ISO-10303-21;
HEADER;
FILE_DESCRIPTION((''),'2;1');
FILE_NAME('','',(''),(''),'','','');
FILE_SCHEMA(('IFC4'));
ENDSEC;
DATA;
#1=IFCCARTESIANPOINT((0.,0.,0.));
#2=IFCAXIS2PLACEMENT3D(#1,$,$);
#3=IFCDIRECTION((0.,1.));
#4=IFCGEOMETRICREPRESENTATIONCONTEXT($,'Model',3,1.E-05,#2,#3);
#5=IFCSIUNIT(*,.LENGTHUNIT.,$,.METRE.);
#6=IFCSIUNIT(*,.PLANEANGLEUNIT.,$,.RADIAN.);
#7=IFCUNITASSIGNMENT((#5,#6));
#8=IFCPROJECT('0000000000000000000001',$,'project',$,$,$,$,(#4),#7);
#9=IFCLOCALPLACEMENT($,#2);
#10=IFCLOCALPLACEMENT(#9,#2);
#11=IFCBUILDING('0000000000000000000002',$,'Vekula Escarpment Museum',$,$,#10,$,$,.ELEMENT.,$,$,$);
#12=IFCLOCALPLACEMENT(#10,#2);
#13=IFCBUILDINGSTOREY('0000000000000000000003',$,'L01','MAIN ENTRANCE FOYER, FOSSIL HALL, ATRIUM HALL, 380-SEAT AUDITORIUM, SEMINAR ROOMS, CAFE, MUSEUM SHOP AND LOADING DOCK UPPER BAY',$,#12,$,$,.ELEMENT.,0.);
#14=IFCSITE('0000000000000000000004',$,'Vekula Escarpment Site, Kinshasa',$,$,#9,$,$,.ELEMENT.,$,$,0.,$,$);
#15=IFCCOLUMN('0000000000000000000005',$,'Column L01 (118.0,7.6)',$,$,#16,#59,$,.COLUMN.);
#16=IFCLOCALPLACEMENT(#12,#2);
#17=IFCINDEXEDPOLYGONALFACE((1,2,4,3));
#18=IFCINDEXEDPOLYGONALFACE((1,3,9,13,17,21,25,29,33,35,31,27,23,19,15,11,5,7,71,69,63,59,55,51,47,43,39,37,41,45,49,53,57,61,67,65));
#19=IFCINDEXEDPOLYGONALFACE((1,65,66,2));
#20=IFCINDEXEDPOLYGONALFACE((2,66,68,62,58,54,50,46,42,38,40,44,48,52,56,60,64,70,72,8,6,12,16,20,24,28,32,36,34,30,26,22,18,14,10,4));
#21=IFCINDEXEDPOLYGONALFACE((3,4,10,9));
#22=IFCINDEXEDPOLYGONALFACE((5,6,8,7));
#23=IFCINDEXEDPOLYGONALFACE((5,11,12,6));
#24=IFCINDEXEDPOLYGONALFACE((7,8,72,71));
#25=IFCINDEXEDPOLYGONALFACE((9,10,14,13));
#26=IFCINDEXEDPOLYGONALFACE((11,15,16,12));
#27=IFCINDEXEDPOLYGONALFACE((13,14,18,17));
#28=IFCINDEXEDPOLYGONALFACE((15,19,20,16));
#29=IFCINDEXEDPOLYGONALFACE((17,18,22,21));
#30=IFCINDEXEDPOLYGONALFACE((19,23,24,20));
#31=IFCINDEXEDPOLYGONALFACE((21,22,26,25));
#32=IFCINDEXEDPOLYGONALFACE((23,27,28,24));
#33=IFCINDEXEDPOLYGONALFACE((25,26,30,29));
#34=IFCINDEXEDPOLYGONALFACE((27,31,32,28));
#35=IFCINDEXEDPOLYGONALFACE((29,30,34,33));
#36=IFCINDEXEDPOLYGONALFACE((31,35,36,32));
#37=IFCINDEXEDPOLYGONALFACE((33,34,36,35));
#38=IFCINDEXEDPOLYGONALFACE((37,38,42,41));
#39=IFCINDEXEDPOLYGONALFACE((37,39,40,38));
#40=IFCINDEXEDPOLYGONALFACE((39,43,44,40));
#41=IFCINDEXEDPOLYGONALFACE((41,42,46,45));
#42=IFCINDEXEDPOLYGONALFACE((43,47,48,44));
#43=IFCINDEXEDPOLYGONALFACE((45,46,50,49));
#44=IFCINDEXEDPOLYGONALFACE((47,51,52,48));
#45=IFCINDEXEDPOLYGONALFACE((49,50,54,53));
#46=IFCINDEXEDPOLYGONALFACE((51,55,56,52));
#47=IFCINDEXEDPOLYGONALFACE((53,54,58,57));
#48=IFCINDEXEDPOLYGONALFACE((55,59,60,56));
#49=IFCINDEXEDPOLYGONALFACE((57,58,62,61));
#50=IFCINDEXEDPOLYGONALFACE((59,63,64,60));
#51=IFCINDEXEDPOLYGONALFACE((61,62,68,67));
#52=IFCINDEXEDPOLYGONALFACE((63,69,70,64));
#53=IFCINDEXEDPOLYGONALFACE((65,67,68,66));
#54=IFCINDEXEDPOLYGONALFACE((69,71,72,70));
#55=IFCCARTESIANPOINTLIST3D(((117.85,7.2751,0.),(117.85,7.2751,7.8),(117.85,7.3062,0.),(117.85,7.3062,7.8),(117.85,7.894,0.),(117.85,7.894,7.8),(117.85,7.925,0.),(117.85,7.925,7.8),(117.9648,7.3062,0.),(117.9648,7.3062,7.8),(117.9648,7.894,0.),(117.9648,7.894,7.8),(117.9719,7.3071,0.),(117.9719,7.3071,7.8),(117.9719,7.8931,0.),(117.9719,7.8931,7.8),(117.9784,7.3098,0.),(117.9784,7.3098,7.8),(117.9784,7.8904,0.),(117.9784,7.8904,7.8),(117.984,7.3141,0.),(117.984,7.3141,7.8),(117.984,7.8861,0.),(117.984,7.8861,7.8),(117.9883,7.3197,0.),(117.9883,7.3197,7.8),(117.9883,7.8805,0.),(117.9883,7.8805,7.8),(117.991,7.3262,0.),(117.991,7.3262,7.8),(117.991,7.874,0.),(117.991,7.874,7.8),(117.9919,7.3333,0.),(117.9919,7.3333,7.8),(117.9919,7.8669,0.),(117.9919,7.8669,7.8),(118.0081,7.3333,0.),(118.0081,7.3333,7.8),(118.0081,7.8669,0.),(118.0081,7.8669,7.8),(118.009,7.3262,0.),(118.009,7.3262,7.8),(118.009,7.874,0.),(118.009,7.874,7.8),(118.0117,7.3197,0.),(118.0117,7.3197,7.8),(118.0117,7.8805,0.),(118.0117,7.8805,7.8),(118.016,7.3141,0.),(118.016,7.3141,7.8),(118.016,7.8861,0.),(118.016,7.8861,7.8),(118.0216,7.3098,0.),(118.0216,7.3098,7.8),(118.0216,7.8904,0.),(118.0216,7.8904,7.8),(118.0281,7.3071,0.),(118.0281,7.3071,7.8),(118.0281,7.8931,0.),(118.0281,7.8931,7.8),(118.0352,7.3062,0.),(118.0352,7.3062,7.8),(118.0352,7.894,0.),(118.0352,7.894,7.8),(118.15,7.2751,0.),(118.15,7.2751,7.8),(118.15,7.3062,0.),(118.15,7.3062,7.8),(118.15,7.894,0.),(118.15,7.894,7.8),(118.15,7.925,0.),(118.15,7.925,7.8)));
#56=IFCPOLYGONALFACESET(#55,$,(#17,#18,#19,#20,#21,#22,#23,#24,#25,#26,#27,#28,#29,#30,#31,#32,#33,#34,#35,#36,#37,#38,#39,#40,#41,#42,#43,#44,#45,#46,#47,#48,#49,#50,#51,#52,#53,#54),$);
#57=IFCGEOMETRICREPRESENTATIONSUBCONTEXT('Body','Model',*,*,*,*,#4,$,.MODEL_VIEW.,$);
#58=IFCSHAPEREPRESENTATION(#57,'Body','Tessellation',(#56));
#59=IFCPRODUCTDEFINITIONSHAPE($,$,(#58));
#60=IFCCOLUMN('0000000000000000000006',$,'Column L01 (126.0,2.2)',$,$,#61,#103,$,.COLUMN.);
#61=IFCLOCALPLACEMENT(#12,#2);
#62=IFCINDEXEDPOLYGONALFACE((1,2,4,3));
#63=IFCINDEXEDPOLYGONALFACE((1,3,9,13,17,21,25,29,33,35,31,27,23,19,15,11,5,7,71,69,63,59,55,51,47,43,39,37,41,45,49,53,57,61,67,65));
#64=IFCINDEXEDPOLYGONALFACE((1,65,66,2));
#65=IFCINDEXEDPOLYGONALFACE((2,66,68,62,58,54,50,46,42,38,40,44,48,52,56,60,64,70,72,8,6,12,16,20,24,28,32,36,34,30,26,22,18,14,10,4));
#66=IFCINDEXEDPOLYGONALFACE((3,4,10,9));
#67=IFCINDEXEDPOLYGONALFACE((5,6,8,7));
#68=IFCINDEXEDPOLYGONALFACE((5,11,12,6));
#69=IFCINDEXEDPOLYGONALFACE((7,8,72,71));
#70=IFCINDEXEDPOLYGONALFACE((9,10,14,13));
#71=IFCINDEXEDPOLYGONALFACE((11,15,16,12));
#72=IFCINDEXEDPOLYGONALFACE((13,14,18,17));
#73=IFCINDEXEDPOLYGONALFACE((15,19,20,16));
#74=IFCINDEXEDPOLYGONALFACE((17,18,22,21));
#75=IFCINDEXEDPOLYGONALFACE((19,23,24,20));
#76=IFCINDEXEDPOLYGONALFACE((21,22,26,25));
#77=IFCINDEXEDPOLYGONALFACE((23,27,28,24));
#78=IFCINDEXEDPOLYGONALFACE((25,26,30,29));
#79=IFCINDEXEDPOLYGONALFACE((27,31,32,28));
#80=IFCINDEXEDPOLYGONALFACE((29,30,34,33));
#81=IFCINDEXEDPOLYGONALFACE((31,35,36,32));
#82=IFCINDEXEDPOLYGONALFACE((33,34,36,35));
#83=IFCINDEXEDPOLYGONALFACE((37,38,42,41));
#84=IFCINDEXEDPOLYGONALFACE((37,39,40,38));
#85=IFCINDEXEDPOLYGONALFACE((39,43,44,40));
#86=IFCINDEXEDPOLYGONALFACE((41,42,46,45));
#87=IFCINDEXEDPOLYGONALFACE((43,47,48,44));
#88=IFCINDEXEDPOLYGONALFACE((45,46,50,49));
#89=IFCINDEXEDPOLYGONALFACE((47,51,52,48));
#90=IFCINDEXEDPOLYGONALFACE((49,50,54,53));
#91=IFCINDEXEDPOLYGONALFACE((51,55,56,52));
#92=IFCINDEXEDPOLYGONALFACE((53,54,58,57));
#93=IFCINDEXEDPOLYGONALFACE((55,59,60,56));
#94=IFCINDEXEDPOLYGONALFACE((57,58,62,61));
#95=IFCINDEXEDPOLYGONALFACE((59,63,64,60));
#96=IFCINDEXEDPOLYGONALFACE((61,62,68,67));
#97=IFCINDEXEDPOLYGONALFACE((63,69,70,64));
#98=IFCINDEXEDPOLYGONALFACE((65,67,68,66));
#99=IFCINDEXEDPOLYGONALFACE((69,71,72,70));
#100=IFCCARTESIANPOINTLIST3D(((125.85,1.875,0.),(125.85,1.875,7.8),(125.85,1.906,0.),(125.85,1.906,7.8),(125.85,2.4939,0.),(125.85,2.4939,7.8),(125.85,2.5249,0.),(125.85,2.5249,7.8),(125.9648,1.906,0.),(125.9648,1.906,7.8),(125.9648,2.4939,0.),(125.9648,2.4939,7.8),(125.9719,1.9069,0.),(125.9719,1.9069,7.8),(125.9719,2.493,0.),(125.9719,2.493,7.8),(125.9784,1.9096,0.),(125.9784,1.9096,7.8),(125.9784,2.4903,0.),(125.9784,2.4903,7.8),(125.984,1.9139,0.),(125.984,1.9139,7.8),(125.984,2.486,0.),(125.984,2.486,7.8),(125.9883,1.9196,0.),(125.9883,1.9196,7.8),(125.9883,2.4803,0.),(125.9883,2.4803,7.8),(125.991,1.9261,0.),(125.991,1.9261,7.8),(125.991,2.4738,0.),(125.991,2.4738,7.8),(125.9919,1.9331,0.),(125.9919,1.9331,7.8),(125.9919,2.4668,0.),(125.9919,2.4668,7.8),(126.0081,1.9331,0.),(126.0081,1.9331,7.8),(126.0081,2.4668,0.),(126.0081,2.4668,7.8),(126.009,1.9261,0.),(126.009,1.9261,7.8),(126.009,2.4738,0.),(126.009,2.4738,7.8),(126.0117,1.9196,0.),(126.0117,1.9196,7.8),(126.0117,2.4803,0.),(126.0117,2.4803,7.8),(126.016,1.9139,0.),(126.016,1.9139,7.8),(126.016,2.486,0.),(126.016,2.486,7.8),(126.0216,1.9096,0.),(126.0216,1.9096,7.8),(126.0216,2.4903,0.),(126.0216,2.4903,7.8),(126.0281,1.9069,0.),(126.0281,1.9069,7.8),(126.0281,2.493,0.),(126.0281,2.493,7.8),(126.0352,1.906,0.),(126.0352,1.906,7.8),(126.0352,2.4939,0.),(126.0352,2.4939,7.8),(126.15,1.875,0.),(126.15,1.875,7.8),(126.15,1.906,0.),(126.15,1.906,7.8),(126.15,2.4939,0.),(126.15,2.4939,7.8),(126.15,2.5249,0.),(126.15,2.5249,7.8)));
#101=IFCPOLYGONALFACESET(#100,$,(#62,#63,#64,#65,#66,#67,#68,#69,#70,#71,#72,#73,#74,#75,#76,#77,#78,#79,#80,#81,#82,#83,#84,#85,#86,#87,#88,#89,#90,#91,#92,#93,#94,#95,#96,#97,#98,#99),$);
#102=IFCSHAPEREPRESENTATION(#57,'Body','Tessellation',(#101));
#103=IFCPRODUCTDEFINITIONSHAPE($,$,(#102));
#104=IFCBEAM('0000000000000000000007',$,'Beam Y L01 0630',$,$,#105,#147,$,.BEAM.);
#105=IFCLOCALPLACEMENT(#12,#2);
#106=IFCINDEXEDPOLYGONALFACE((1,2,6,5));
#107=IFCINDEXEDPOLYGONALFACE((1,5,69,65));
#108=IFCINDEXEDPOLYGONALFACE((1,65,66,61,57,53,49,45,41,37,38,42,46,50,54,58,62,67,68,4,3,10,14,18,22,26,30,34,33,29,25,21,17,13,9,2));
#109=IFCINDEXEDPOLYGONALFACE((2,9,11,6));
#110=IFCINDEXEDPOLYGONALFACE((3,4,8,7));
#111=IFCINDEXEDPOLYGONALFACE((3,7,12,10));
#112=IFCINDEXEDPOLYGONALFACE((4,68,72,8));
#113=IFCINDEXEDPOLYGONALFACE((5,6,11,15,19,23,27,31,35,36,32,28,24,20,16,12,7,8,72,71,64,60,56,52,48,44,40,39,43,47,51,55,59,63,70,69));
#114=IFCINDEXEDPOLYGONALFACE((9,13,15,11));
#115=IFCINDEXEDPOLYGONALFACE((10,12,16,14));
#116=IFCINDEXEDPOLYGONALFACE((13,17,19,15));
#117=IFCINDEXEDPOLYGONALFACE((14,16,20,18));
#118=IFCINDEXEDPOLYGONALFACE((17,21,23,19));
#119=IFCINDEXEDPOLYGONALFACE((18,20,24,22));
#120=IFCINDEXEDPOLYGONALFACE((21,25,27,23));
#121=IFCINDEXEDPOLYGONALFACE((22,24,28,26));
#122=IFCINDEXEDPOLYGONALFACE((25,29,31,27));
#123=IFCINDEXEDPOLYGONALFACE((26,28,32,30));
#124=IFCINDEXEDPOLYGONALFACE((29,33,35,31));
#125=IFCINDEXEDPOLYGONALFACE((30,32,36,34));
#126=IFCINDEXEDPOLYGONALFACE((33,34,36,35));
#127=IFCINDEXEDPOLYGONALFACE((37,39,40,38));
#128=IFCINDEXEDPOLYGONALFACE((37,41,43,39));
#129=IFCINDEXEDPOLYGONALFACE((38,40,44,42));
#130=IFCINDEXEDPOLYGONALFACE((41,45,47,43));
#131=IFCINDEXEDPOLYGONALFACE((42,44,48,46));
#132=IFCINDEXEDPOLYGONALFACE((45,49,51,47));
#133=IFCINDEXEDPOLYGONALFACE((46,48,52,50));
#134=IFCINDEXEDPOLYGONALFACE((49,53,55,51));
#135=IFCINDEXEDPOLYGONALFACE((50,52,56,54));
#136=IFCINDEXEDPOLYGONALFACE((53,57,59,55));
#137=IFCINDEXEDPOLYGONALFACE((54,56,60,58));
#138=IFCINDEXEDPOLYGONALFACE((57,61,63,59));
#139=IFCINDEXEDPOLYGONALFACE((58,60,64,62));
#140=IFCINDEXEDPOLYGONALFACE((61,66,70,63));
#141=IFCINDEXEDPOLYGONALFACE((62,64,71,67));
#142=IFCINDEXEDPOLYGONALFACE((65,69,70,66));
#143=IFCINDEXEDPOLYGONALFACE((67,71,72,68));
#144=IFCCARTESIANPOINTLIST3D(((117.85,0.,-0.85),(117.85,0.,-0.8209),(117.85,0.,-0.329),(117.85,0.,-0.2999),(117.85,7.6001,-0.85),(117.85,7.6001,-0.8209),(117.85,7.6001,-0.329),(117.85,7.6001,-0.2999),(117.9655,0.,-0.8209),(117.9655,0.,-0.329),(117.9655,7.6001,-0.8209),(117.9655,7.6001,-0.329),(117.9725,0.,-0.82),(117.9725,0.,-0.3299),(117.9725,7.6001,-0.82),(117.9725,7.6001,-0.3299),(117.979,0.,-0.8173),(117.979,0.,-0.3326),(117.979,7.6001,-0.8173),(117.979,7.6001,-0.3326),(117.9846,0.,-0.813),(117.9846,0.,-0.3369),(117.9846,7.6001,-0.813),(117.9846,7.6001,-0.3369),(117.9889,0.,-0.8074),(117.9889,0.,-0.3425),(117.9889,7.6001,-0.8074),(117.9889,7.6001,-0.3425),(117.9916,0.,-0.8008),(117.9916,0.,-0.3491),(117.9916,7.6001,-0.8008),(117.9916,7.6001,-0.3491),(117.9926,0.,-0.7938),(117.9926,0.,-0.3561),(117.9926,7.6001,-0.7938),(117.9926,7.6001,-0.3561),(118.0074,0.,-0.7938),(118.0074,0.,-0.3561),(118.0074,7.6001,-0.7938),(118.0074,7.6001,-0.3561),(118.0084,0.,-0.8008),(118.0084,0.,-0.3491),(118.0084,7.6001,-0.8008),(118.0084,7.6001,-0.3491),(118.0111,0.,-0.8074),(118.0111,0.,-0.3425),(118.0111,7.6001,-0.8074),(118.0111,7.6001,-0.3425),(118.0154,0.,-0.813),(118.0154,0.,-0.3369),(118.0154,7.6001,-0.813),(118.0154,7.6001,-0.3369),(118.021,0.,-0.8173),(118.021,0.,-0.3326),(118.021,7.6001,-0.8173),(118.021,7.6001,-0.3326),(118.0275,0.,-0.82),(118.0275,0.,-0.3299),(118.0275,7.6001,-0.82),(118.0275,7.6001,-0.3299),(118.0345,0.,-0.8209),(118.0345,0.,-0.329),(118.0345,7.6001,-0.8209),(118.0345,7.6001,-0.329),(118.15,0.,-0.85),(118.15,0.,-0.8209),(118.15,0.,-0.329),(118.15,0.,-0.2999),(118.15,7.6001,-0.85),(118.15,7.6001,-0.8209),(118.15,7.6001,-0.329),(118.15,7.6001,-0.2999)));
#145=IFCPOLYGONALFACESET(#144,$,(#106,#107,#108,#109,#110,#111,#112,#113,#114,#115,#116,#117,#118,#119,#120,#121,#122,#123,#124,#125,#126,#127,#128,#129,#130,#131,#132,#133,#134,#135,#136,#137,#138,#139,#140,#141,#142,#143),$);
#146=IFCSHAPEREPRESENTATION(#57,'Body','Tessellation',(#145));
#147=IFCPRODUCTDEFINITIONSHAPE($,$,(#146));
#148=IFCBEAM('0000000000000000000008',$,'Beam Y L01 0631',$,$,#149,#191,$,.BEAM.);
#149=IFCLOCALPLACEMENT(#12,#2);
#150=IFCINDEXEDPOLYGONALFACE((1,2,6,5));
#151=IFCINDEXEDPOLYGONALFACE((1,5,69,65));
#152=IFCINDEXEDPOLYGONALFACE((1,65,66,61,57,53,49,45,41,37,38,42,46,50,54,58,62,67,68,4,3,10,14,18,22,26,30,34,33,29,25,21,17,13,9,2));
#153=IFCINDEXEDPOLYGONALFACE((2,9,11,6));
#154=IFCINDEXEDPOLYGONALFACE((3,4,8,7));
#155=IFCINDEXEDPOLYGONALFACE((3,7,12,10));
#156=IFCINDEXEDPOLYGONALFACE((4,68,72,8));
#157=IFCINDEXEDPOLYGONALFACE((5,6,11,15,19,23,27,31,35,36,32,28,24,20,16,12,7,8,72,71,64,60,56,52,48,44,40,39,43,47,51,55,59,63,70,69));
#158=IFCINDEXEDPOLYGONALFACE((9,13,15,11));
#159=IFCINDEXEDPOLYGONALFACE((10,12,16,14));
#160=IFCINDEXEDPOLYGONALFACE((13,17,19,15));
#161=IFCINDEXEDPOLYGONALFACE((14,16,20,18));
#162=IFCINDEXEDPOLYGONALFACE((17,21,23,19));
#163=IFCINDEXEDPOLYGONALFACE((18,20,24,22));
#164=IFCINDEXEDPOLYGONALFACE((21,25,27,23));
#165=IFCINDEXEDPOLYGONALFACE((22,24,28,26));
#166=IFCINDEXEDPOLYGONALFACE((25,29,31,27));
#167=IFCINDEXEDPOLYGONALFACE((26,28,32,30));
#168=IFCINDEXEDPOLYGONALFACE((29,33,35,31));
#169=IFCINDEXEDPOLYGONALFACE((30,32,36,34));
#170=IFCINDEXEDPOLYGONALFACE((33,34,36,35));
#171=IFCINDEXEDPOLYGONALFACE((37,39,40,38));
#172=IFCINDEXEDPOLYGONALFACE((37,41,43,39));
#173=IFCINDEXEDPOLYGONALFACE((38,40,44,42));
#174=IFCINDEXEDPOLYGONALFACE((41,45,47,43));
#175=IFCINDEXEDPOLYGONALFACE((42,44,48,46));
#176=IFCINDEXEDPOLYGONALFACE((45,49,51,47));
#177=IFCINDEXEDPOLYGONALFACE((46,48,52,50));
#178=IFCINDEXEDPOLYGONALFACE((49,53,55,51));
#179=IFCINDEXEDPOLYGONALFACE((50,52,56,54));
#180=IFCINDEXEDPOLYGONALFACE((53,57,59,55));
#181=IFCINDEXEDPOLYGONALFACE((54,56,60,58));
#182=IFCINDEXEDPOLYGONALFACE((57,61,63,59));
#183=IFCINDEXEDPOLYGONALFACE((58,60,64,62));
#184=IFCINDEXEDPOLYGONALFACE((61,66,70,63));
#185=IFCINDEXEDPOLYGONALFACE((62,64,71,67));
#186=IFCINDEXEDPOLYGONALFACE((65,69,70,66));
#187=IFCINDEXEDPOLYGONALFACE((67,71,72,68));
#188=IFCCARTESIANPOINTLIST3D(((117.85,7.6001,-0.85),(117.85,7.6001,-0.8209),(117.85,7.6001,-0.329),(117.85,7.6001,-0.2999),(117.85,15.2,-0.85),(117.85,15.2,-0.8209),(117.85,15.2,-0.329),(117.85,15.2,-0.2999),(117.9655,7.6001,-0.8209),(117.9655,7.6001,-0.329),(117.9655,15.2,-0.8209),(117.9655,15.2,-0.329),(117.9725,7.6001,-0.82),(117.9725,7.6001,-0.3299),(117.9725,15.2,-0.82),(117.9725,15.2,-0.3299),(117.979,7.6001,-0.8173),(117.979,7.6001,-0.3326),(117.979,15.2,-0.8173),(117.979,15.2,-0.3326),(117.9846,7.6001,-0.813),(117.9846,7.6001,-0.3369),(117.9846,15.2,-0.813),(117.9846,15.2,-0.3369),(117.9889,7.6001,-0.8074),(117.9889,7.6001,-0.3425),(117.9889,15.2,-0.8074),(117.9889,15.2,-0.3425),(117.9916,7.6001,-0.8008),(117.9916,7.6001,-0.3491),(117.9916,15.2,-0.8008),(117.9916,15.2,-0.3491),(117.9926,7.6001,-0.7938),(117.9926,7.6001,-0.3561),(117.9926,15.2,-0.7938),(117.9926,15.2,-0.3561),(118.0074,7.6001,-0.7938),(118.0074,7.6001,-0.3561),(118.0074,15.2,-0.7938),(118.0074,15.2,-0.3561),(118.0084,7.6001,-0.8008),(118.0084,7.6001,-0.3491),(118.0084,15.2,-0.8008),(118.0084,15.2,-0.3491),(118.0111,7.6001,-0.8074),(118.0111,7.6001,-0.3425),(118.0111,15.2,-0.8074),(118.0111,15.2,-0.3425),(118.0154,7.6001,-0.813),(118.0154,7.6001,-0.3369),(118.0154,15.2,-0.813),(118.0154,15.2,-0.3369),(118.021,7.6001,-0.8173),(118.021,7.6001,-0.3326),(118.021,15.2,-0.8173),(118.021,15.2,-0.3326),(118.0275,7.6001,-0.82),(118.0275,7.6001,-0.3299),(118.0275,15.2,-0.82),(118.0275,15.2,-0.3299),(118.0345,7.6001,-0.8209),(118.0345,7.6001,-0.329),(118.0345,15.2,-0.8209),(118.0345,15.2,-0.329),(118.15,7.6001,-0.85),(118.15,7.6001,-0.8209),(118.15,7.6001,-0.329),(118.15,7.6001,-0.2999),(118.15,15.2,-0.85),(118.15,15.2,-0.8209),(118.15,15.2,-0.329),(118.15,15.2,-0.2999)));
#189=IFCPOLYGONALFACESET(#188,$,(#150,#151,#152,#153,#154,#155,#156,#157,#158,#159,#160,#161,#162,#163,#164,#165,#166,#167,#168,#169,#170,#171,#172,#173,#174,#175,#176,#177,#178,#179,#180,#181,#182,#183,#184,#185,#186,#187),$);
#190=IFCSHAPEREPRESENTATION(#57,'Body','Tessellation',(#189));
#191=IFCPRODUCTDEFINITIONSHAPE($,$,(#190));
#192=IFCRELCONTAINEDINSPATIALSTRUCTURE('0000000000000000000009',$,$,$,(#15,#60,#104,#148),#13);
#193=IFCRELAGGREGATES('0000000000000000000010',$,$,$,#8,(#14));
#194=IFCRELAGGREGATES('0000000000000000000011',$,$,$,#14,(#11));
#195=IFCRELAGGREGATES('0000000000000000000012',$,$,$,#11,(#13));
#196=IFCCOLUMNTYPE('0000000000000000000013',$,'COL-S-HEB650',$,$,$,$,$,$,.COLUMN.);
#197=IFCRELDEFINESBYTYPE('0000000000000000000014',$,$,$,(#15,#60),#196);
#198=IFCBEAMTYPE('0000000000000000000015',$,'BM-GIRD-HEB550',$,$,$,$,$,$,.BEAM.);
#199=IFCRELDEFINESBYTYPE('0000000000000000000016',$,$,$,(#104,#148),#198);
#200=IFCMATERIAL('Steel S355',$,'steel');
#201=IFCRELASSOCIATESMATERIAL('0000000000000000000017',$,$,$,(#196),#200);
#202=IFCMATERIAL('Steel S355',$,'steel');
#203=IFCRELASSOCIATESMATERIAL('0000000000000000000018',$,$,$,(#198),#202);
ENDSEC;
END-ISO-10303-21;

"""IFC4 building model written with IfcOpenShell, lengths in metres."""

from ifc_helpers import new_model, si_unit, direction, frame, origin, origin_2d, place, context, subcontext, project, spatial, i_section, extrude, material, material_profile, profile_set, type_object, element, save


model = new_model("IFC4")

# Units and contexts
model_context = context("Model", 3, precision=1e-05, world=origin(), true_north=direction((0.0, 1.0)))
body_context = subcontext(model_context, "Body", "Model", "MODEL_VIEW")
ifc_project = project(units=[si_unit("LENGTHUNIT", "METRE"), si_unit("PLANEANGLEUNIT", "RADIAN")], contexts=[model_context])

# Site, building, storey
site_placement = place(None, origin())
site = spatial("IfcSite", under=ifc_project, at=site_placement, Name="Vekula Escarpment Site, Kinshasa", CompositionType="ELEMENT", RefElevation=0.0)
building_placement = place(site_placement, origin())
building = spatial("IfcBuilding", under=site, at=building_placement, Name="Vekula Escarpment Museum", CompositionType="ELEMENT")
storey_placement = place(building_placement, origin())
storey = spatial("IfcBuildingStorey", under=building, at=storey_placement, Name="L01", Description="MAIN ENTRANCE FOYER, FOSSIL HALL, ATRIUM HALL, 380-SEAT AUDITORIUM, SEMINAR ROOMS, CAFE, MUSEUM SHOP AND LOADING DOCK UPPER BAY", CompositionType="ELEMENT", Elevation=0.0)

# Columns
ifc_material_1 = material(Name="Steel S355", Category="steel")
ifc_material_profile_1 = material_profile(ifc_material_1, i_section(OverallWidth=0.3, OverallDepth=0.6499, WebThickness=0.0161, FlangeThickness=0.031, FilletRadius=0.0271, at=origin_2d()), Name="HEB 650")
ifc_profile_set_1 = profile_set([ifc_material_profile_1], Name="Steel S355")
column_type = type_object("IfcColumnType", Name="COL-S-HEB650", PredefinedType="COLUMN", material=ifc_profile_set_1)
for number, where, z_axis, x_axis, name in (
    (1, (118.0, 7.6001, 0.0), (0.0, 0.0, 1.0), (1.0, 0.0, 0.0), "Column L01 (118.0,7.6)"),
    (2, (126.0, 2.2, 0.0), (0.0, 0.0, 1.0), (1.0, 0.0, 0.0), "Column L01 (126.0,2.2)"),
):
    element("IfcColumn", number, at=place(storey_placement, frame(where, z_axis=z_axis, x_axis=x_axis)), inside=storey, type_object=column_type, Name=name, PredefinedType="COLUMN", context=body_context, shape_type="SweptSolid", body=[
        extrude(i_section(OverallWidth=0.3, OverallDepth=0.6499, WebThickness=0.0161, FlangeThickness=0.031, FilletRadius=0.0271, at=origin_2d()), origin(), (0.0, 0.0, 1.0), 7.8),
    ])

# Beams
ifc_material_2 = material(Name="Steel S355", Category="steel")
ifc_material_profile_2 = material_profile(ifc_material_2, i_section(OverallWidth=0.3, OverallDepth=0.55, WebThickness=0.0149, FlangeThickness=0.0291, FilletRadius=0.0271, at=origin_2d()), Name="HEB 550")
ifc_profile_set_2 = profile_set([ifc_material_profile_2], Name="Steel S355")
beam_type_1 = type_object("IfcBeamType", Name="BM-GIRD-HEB550", PredefinedType="BEAM", material=ifc_profile_set_2)
beam_1_placement = place(storey_placement, frame((118.0, 0.0, -0.575), z_axis=(0.0, 1.0, 0.0), x_axis=(-1.0, 0.0, 0.0)))
element("IfcBeam", 3, at=beam_1_placement, inside=storey, type_object=beam_type_1, Name="Beam Y L01 0630", PredefinedType="BEAM", context=body_context, shape_type="SweptSolid", body=[
    extrude(i_section(OverallWidth=0.3, OverallDepth=0.55, WebThickness=0.0149, FlangeThickness=0.0291, FilletRadius=0.0271, at=origin_2d()), origin(), (0.0, 0.0, 1.0), 7.6001),
])
beam_2_placement = place(storey_placement, frame((118.0, 7.6001, -0.575), z_axis=(0.0, 1.0, 0.0), x_axis=(-1.0, 0.0, 0.0)))
element("IfcBeam", 4, at=beam_2_placement, inside=storey, type_object=beam_type_1, Name="Beam Y L01 0631", PredefinedType="BEAM", context=body_context, shape_type="SweptSolid", body=[
    extrude(i_section(OverallWidth=0.3, OverallDepth=0.55, WebThickness=0.0149, FlangeThickness=0.0291, FilletRadius=0.0271, at=origin_2d()), origin(), (0.0, 0.0, 1.0), 7.5999),
])

save(model, "model.ifc")
